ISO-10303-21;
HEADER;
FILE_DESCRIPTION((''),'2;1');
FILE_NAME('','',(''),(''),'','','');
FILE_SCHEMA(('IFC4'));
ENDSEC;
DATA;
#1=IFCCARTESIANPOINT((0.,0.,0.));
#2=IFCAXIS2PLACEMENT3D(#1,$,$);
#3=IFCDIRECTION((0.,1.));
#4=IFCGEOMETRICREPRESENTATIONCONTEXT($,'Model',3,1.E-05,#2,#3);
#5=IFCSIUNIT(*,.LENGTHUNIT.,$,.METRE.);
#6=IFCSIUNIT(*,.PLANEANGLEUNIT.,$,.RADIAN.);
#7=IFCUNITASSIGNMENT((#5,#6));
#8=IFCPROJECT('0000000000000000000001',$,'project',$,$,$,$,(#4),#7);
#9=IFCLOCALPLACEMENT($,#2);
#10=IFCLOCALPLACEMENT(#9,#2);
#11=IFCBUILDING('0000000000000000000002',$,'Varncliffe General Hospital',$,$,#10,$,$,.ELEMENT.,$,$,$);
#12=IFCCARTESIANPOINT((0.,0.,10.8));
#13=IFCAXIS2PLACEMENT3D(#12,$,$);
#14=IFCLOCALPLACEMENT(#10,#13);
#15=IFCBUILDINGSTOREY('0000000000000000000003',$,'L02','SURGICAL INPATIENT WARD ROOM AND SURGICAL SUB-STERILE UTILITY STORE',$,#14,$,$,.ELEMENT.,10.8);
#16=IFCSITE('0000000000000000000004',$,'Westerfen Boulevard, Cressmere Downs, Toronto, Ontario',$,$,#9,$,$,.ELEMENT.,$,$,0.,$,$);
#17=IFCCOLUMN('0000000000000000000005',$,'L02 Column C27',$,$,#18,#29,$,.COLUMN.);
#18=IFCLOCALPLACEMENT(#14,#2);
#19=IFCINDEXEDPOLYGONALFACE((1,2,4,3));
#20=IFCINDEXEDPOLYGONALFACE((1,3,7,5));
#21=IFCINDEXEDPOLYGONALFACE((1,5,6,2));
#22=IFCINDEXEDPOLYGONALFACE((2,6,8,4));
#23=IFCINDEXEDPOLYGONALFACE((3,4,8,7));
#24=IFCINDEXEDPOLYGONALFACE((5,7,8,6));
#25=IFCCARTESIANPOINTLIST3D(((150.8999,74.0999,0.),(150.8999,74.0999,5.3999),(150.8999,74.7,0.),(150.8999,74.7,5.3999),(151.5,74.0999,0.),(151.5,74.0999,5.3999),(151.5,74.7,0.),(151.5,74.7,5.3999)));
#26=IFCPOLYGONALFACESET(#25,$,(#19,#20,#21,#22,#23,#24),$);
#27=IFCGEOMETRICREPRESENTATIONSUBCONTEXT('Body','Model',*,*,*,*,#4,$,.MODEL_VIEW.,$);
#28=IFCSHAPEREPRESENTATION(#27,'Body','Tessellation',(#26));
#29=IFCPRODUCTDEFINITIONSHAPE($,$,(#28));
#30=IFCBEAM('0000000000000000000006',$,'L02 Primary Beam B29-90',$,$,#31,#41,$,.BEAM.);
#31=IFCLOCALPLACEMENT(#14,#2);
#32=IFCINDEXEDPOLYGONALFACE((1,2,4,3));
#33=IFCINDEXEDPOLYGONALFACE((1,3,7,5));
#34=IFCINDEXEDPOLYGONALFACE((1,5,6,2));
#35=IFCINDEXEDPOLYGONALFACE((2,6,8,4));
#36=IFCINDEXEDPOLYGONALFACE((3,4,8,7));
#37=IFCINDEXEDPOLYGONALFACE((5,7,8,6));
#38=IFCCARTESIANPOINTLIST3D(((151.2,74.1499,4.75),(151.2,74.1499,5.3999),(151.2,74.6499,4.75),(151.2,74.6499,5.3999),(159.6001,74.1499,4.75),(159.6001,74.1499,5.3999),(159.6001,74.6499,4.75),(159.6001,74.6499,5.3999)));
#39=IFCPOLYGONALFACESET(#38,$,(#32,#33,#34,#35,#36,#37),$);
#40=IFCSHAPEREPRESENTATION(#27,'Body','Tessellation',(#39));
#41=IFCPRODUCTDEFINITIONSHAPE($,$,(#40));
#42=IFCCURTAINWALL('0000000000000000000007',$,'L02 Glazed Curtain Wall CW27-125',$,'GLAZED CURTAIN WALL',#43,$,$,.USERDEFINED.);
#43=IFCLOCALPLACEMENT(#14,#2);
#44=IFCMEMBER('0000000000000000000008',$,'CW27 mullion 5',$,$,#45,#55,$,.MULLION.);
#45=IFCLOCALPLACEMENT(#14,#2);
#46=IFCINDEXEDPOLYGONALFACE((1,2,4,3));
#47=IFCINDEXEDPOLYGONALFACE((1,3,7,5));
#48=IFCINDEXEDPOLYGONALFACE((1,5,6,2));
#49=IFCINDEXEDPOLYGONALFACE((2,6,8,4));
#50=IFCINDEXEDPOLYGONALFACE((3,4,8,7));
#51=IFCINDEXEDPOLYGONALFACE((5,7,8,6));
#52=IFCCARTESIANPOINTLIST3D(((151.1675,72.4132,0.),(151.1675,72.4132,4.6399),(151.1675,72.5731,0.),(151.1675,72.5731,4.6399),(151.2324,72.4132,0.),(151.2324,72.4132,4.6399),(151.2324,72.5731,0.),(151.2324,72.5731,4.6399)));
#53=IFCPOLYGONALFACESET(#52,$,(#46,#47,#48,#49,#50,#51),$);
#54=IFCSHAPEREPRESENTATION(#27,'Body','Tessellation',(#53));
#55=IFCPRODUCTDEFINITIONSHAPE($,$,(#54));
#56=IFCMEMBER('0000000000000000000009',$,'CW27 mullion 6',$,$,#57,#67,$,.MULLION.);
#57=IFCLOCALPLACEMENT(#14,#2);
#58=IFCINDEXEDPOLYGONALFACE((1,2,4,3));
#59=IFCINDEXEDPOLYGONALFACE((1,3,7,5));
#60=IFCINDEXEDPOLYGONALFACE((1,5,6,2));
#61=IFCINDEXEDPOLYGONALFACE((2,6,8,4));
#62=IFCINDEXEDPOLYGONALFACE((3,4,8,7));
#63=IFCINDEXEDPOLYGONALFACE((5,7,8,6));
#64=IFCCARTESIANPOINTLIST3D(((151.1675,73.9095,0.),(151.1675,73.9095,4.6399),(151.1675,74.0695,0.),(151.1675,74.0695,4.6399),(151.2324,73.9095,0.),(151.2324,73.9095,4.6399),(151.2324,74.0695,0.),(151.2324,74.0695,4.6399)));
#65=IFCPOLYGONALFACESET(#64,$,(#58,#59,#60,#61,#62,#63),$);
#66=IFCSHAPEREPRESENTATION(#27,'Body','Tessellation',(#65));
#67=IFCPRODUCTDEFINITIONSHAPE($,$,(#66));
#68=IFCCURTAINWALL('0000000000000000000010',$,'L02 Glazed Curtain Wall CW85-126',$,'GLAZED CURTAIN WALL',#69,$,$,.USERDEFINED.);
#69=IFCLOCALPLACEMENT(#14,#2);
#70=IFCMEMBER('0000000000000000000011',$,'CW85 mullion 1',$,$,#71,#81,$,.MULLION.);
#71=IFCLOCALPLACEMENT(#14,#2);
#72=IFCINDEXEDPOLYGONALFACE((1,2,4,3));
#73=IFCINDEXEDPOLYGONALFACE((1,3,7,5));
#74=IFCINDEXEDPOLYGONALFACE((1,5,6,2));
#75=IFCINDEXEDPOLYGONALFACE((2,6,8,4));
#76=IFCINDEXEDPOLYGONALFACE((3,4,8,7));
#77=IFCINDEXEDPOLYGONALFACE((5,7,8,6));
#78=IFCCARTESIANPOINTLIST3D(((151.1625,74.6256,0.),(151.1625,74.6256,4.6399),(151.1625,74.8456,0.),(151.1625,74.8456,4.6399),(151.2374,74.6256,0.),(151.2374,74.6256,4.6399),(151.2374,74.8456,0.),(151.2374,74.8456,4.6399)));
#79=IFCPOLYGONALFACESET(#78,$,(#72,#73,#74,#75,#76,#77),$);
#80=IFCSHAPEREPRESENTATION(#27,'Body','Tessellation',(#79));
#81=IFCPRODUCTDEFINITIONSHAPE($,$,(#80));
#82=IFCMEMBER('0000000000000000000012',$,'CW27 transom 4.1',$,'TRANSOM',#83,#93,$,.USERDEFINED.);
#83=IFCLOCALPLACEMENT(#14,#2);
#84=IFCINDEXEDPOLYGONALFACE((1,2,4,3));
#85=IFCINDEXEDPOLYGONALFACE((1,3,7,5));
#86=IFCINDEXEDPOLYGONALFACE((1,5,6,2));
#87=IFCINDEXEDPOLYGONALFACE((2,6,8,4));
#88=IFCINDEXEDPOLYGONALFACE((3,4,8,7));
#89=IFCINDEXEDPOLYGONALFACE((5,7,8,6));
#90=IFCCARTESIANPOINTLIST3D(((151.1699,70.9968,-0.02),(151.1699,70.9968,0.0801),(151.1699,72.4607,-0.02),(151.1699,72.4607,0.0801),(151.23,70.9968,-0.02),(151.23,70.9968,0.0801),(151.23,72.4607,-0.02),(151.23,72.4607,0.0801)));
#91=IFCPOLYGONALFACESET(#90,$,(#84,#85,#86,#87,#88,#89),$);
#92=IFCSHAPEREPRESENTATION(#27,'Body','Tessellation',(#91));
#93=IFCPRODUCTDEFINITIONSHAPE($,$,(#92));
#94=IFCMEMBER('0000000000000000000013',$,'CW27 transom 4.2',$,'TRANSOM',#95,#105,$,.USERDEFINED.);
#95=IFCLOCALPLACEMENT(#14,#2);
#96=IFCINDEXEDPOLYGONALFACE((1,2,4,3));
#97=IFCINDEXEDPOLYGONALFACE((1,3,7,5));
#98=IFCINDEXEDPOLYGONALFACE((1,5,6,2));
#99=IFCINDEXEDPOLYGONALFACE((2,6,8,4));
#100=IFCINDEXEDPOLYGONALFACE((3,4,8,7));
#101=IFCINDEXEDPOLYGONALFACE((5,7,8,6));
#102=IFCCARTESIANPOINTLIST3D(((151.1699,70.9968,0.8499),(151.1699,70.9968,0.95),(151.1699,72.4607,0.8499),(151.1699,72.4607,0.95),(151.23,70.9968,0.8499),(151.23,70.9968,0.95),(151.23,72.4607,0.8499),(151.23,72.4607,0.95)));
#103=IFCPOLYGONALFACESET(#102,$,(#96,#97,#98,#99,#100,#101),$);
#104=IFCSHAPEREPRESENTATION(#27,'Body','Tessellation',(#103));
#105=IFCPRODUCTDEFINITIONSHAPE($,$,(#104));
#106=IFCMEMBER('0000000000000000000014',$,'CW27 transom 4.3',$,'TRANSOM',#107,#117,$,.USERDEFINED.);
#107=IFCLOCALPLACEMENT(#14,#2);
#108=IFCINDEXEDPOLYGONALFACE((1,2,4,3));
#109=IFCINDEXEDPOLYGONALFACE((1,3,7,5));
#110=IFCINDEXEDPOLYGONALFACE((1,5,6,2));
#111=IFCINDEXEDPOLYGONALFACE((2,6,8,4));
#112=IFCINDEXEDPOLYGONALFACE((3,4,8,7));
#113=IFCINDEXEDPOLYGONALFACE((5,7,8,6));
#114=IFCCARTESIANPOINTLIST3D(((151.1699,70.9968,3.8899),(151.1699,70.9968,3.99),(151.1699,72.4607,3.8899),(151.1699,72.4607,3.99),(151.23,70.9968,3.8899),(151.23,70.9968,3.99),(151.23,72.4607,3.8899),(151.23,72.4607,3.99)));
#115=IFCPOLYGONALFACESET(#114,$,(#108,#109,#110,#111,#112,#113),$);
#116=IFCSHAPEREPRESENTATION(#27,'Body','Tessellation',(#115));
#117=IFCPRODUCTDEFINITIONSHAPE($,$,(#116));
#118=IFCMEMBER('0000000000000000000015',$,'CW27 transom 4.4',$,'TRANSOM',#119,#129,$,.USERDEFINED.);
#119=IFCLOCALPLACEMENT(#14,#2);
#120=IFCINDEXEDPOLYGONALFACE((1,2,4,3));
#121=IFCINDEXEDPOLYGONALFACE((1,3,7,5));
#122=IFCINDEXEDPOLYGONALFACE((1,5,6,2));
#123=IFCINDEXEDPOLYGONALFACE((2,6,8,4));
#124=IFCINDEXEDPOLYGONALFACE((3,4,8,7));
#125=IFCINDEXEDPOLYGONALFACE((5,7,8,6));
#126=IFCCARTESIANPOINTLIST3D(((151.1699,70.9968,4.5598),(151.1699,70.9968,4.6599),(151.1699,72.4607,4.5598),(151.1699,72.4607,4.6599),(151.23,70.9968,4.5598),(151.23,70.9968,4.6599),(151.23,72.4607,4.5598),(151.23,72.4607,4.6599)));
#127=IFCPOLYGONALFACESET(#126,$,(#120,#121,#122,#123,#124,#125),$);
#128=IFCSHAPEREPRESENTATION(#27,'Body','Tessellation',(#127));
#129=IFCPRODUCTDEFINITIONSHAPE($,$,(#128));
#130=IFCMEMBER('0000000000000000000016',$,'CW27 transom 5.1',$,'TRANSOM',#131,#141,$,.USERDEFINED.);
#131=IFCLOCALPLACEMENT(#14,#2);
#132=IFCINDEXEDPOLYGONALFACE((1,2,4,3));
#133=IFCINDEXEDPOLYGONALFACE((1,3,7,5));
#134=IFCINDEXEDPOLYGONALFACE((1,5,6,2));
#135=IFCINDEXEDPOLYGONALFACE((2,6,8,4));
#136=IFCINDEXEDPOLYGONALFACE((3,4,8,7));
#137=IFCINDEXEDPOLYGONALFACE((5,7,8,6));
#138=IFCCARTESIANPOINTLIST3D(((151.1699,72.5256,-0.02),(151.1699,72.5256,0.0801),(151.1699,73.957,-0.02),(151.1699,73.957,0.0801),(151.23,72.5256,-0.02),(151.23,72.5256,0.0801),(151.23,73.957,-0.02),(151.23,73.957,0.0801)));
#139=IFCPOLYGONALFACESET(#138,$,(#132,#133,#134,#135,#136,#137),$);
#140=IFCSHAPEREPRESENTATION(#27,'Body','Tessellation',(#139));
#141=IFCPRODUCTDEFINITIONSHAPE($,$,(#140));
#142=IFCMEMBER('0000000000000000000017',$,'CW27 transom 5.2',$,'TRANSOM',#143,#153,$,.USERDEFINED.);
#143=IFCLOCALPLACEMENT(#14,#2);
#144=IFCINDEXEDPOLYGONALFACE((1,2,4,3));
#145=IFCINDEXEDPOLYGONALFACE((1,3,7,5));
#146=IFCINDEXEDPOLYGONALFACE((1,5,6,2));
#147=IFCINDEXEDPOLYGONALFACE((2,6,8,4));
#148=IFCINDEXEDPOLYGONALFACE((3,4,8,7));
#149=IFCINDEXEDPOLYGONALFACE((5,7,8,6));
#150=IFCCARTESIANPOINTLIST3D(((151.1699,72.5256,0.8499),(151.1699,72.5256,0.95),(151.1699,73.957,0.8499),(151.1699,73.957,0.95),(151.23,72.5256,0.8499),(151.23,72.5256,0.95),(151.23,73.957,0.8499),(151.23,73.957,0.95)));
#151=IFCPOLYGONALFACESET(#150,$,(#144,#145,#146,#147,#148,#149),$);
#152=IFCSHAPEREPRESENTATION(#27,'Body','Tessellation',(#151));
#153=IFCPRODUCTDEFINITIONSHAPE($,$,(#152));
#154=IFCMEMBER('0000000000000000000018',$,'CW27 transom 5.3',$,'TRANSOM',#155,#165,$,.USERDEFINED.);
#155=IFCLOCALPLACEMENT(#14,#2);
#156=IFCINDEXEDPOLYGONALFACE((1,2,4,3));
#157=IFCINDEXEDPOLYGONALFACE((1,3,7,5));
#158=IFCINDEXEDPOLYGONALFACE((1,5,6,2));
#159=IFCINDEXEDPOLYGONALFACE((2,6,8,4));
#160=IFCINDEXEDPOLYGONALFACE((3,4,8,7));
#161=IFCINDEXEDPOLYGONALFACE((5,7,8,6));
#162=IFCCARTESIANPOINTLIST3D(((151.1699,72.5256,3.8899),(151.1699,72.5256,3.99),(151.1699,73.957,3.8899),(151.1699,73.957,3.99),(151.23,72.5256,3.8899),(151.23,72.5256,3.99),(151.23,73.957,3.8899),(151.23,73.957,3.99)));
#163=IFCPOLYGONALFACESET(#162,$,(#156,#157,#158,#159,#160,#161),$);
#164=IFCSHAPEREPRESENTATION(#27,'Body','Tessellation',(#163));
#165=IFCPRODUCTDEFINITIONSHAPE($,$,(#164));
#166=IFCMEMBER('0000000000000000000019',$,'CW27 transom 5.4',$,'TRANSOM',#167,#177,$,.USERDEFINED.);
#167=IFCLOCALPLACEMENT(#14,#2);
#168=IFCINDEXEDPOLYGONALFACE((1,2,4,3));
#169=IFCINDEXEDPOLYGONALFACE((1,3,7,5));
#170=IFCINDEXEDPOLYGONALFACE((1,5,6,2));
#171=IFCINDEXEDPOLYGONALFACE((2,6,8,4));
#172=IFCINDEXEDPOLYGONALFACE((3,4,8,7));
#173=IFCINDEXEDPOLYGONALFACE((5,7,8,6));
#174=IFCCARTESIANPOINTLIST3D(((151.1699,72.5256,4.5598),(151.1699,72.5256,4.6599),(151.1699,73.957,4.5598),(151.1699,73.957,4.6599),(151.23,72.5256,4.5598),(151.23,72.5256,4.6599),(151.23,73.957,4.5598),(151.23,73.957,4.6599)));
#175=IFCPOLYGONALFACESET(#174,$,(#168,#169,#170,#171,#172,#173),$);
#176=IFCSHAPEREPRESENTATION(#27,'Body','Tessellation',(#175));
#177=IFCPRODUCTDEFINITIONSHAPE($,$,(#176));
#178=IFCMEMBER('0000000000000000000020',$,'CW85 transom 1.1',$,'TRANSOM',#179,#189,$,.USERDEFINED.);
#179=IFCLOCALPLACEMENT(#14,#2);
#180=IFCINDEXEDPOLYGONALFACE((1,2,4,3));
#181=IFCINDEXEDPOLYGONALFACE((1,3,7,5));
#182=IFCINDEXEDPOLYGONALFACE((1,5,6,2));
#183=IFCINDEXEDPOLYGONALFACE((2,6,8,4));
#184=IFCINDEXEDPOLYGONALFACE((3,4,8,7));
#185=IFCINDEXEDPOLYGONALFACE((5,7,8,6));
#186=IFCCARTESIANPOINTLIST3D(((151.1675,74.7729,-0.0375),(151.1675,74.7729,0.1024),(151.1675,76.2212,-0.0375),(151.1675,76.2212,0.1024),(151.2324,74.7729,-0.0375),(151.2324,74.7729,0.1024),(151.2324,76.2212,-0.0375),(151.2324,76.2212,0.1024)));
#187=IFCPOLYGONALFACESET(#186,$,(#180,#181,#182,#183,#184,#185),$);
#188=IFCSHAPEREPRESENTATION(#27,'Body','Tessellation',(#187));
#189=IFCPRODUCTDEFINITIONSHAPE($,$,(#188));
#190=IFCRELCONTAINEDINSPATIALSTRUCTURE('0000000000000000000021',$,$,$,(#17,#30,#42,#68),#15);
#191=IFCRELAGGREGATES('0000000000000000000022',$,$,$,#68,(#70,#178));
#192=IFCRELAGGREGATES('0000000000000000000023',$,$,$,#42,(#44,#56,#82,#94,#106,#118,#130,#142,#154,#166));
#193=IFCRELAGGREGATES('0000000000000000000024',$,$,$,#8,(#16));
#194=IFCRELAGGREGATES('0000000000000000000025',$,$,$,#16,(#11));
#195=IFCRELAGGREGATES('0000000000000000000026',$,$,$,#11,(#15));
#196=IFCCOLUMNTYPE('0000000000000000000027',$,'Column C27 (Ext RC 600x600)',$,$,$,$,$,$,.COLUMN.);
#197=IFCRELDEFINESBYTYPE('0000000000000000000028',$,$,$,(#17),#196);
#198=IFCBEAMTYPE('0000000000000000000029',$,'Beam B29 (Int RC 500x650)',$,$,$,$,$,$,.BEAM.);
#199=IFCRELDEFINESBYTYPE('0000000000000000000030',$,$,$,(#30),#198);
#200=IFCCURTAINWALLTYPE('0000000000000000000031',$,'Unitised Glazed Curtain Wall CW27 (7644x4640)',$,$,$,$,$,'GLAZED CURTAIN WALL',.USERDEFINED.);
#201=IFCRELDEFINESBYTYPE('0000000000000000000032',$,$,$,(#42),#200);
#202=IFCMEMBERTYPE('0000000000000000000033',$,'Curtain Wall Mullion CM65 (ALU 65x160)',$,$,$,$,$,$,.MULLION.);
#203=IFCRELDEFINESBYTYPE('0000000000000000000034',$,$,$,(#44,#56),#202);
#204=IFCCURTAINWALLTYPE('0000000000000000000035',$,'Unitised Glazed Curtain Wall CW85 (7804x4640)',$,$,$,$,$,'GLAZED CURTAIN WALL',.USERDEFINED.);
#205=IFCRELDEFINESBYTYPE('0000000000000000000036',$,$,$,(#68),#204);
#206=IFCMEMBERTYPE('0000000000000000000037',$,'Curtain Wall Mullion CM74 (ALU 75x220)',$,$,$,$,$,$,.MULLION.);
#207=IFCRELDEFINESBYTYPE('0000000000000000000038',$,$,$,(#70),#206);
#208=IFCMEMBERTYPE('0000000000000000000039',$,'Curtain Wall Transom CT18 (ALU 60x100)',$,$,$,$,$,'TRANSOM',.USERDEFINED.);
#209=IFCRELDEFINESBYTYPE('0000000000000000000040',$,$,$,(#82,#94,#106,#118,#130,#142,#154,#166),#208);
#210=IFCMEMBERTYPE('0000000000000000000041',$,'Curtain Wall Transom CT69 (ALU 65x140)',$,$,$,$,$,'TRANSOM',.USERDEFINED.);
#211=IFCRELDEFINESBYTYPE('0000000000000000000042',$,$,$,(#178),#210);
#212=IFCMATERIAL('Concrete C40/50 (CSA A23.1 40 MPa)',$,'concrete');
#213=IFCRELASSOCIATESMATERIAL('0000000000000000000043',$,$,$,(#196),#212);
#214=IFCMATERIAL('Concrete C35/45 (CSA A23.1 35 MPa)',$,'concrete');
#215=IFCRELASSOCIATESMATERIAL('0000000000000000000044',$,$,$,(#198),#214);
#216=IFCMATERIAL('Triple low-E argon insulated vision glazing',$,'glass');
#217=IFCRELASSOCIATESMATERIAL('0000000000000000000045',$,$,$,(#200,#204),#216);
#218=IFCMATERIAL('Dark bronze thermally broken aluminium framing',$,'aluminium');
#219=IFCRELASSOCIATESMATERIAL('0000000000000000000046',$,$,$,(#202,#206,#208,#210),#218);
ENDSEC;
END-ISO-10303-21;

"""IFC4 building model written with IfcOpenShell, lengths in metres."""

from ifc_helpers import new_model, si_unit, direction, frame, origin, origin_2d, place, context, subcontext, project, spatial, rectangle, extrude, material, material_profile, profile_set, type_object, element, aggregate, save


model = new_model("IFC4")

# Units and contexts
model_context = context("Model", 3, precision=1e-05, world=origin(), true_north=direction((0.0, 1.0)))
body_context = subcontext(model_context, "Body", "Model", "MODEL_VIEW")
ifc_project = project(units=[si_unit("LENGTHUNIT", "METRE"), si_unit("PLANEANGLEUNIT", "RADIAN")], contexts=[model_context])

# Site, building, storey
site_placement = place(None, origin())
site = spatial("IfcSite", under=ifc_project, at=site_placement, Name="Westerfen Boulevard, Cressmere Downs, Toronto, Ontario", CompositionType="ELEMENT", RefElevation=0.0)
building_placement = place(site_placement, origin())
building = spatial("IfcBuilding", under=site, at=building_placement, Name="Varncliffe General Hospital", CompositionType="ELEMENT")
storey_placement = place(building_placement, frame((0.0, 0.0, 10.8)))
storey = spatial("IfcBuildingStorey", under=building, at=storey_placement, Name="L02", Description="SURGICAL INPATIENT WARD ROOM AND SURGICAL SUB-STERILE UTILITY STORE", CompositionType="ELEMENT", Elevation=10.8)

# Column
ifc_material_1 = material(Name="Concrete C40/50 (CSA A23.1 40 MPa)", Category="concrete")
ifc_material_profile_1 = material_profile(ifc_material_1, rectangle(XDim=0.6001, YDim=0.6001, at=origin_2d()), Name="RC 600x600")
ifc_profile_set_1 = profile_set([ifc_material_profile_1], Name="Concrete C40/50 (CSA A23.1 40 MPa)")
column_type = type_object("IfcColumnType", Name="Column C27 (Ext RC 600x600)", PredefinedType="COLUMN", material=ifc_profile_set_1)
column_placement = place(storey_placement, frame((151.2, 74.3999, 0.0), z_axis=(0.0, 0.0, 1.0), x_axis=(1.0, 0.0, 0.0)))
element("IfcColumn", 1, at=column_placement, inside=storey, type_object=column_type, Name="L02 Column C27", PredefinedType="COLUMN", context=body_context, shape_type="SweptSolid", body=[
    extrude(rectangle(XDim=0.6001, YDim=0.6001, at=origin_2d()), origin(), (0.0, 0.0, 1.0), 5.3999),
])

# Beam
ifc_material_2 = material(Name="Concrete C35/45 (CSA A23.1 35 MPa)", Category="concrete")
ifc_material_profile_2 = material_profile(ifc_material_2, rectangle(XDim=0.5, YDim=0.6499, at=origin_2d()), Name="RC 500x650")
ifc_profile_set_2 = profile_set([ifc_material_profile_2], Name="Concrete C35/45 (CSA A23.1 35 MPa)")
beam_type_1 = type_object("IfcBeamType", Name="Beam B29 (Int RC 500x650)", PredefinedType="BEAM", material=ifc_profile_set_2)
beam_1_placement = place(storey_placement, frame((151.2, 74.3999, 5.075), z_axis=(1.0, 0.0, 0.0), x_axis=(0.0, 1.0, 0.0)))
element("IfcBeam", 2, at=beam_1_placement, inside=storey, type_object=beam_type_1, Name="L02 Primary Beam B29-90", PredefinedType="BEAM", context=body_context, shape_type="SweptSolid", body=[
    extrude(rectangle(XDim=0.5, YDim=0.6499, at=origin_2d()), origin(), (0.0, 0.0, 1.0), 8.4001),
])

# Curtain wall, members
ifc_material_3 = material(Name="Triple low-E argon insulated vision glazing", Category="glass")
curtain_wall_type_1 = type_object("IfcCurtainWallType", Name="Unitised Glazed Curtain Wall CW27 (7644x4640)", ElementType="GLAZED CURTAIN WALL", PredefinedType="USERDEFINED", material=ifc_material_3)
curtain_wall_1_placement = place(storey_placement, origin())
curtain_wall_1 = element("IfcCurtainWall", 3, at=curtain_wall_1_placement, inside=storey, type_object=curtain_wall_type_1, Name="L02 Glazed Curtain Wall CW27-125", ObjectType="GLAZED CURTAIN WALL", PredefinedType="USERDEFINED")
ifc_material_4 = material(Name="Dark bronze thermally broken aluminium framing", Category="aluminium")
ifc_material_profile_3 = material_profile(ifc_material_4, rectangle(XDim=0.0649, YDim=0.1599, at=origin_2d()), Name="ALU 65x160")
ifc_profile_set_3 = profile_set([ifc_material_profile_3], Name="Dark bronze thermally broken aluminium framing")
member_type_1 = type_object("IfcMemberType", Name="Curtain Wall Mullion CM65 (ALU 65x160)", PredefinedType="MULLION", material=ifc_profile_set_3)
member_1_placement = place(storey_placement, frame((151.2, 72.4932, 0.0), z_axis=(0.0, 0.0, 1.0), x_axis=(-1.0, 0.0, 0.0)))
member_1 = element("IfcMember", 4, at=member_1_placement, type_object=member_type_1, Name="CW27 mullion 5", PredefinedType="MULLION", context=body_context, shape_type="SweptSolid", body=[
    extrude(rectangle(XDim=0.0649, YDim=0.1599, at=origin_2d()), origin(), (0.0, 0.0, 1.0), 4.6399),
])
member_2_placement = place(storey_placement, frame((151.2, 73.9895, 0.0), z_axis=(0.0, 0.0, 1.0), x_axis=(-1.0, 0.0, 0.0)))
member_2 = element("IfcMember", 5, at=member_2_placement, type_object=member_type_1, Name="CW27 mullion 6", PredefinedType="MULLION", context=body_context, shape_type="SweptSolid", body=[
    extrude(rectangle(XDim=0.0649, YDim=0.1599, at=origin_2d()), origin(), (0.0, 0.0, 1.0), 4.6399),
])

# Curtain wall, member
curtain_wall_type_2 = type_object("IfcCurtainWallType", Name="Unitised Glazed Curtain Wall CW85 (7804x4640)", ElementType="GLAZED CURTAIN WALL", PredefinedType="USERDEFINED", material=ifc_material_3)
curtain_wall_2_placement = place(storey_placement, origin())
curtain_wall_2 = element("IfcCurtainWall", 6, at=curtain_wall_2_placement, inside=storey, type_object=curtain_wall_type_2, Name="L02 Glazed Curtain Wall CW85-126", ObjectType="GLAZED CURTAIN WALL", PredefinedType="USERDEFINED")
ifc_material_profile_4 = material_profile(ifc_material_4, rectangle(XDim=0.075, YDim=0.22, at=origin_2d()), Name="ALU 75x220")
ifc_profile_set_4 = profile_set([ifc_material_profile_4], Name="Dark bronze thermally broken aluminium framing")
member_type_2 = type_object("IfcMemberType", Name="Curtain Wall Mullion CM74 (ALU 75x220)", PredefinedType="MULLION", material=ifc_profile_set_4)
member_3_placement = place(storey_placement, frame((151.2, 74.7356, 0.0), z_axis=(0.0, 0.0, 1.0), x_axis=(-1.0, 0.0, 0.0)))
member_3 = element("IfcMember", 7, at=member_3_placement, type_object=member_type_2, Name="CW85 mullion 1", PredefinedType="MULLION", context=body_context, shape_type="SweptSolid", body=[
    extrude(rectangle(XDim=0.075, YDim=0.22, at=origin_2d()), origin(), (0.0, 0.0, 1.0), 4.6399),
])

# Members
ifc_material_profile_5 = material_profile(ifc_material_4, rectangle(XDim=0.0601, YDim=0.1001, at=origin_2d()), Name="ALU 60x100")
ifc_profile_set_5 = profile_set([ifc_material_profile_5], Name="Dark bronze thermally broken aluminium framing")
member_type_3 = type_object("IfcMemberType", Name="Curtain Wall Transom CT18 (ALU 60x100)", ElementType="TRANSOM", PredefinedType="USERDEFINED", material=ifc_profile_set_5)
member_4_placement = place(storey_placement, frame((151.2, 70.9968, 0.03), z_axis=(0.0, 1.0, 0.0), x_axis=(-1.0, 0.0, 0.0)))
member_4 = element("IfcMember", 8, at=member_4_placement, type_object=member_type_3, Name="CW27 transom 4.1", ObjectType="TRANSOM", PredefinedType="USERDEFINED", context=body_context, shape_type="SweptSolid", body=[
    extrude(rectangle(XDim=0.0601, YDim=0.1001, at=origin_2d()), origin(), (0.0, 0.0, 1.0), 1.4639),
])
member_5_placement = place(storey_placement, frame((151.2, 70.9968, 0.8999), z_axis=(0.0, 1.0, 0.0), x_axis=(-1.0, 0.0, 0.0)))
member_5 = element("IfcMember", 9, at=member_5_placement, type_object=member_type_3, Name="CW27 transom 4.2", ObjectType="TRANSOM", PredefinedType="USERDEFINED", context=body_context, shape_type="SweptSolid", body=[
    extrude(rectangle(XDim=0.0601, YDim=0.1001, at=origin_2d()), origin(), (0.0, 0.0, 1.0), 1.4639),
])
member_6_placement = place(storey_placement, frame((151.2, 70.9968, 3.9399), z_axis=(0.0, 1.0, 0.0), x_axis=(-1.0, 0.0, 0.0)))
member_6 = element("IfcMember", 10, at=member_6_placement, type_object=member_type_3, Name="CW27 transom 4.3", ObjectType="TRANSOM", PredefinedType="USERDEFINED", context=body_context, shape_type="SweptSolid", body=[
    extrude(rectangle(XDim=0.0601, YDim=0.1001, at=origin_2d()), origin(), (0.0, 0.0, 1.0), 1.4639),
])
member_7_placement = place(storey_placement, frame((151.2, 70.9968, 4.6099), z_axis=(0.0, 1.0, 0.0), x_axis=(-1.0, 0.0, 0.0)))
member_7 = element("IfcMember", 11, at=member_7_placement, type_object=member_type_3, Name="CW27 transom 4.4", ObjectType="TRANSOM", PredefinedType="USERDEFINED", context=body_context, shape_type="SweptSolid", body=[
    extrude(rectangle(XDim=0.0601, YDim=0.1001, at=origin_2d()), origin(), (0.0, 0.0, 1.0), 1.4639),
])
member_8_placement = place(storey_placement, frame((151.2, 72.5256, 0.03), z_axis=(0.0, 1.0, 0.0), x_axis=(-1.0, 0.0, 0.0)))
member_8 = element("IfcMember", 12, at=member_8_placement, type_object=member_type_3, Name="CW27 transom 5.1", ObjectType="TRANSOM", PredefinedType="USERDEFINED", context=body_context, shape_type="SweptSolid", body=[
    extrude(rectangle(XDim=0.0601, YDim=0.1001, at=origin_2d()), origin(), (0.0, 0.0, 1.0), 1.4314),
])
member_9_placement = place(storey_placement, frame((151.2, 72.5256, 0.8999), z_axis=(0.0, 1.0, 0.0), x_axis=(-1.0, 0.0, 0.0)))
member_9 = element("IfcMember", 13, at=member_9_placement, type_object=member_type_3, Name="CW27 transom 5.2", ObjectType="TRANSOM", PredefinedType="USERDEFINED", context=body_context, shape_type="SweptSolid", body=[
    extrude(rectangle(XDim=0.0601, YDim=0.1001, at=origin_2d()), origin(), (0.0, 0.0, 1.0), 1.4314),
])
member_10_placement = place(storey_placement, frame((151.2, 72.5256, 3.9399), z_axis=(0.0, 1.0, 0.0), x_axis=(-1.0, 0.0, 0.0)))
member_10 = element("IfcMember", 14, at=member_10_placement, type_object=member_type_3, Name="CW27 transom 5.3", ObjectType="TRANSOM", PredefinedType="USERDEFINED", context=body_context, shape_type="SweptSolid", body=[
    extrude(rectangle(XDim=0.0601, YDim=0.1001, at=origin_2d()), origin(), (0.0, 0.0, 1.0), 1.4314),
])
member_11_placement = place(storey_placement, frame((151.2, 72.5256, 4.6099), z_axis=(0.0, 1.0, 0.0), x_axis=(-1.0, 0.0, 0.0)))
member_11 = element("IfcMember", 15, at=member_11_placement, type_object=member_type_3, Name="CW27 transom 5.4", ObjectType="TRANSOM", PredefinedType="USERDEFINED", context=body_context, shape_type="SweptSolid", body=[
    extrude(rectangle(XDim=0.0601, YDim=0.1001, at=origin_2d()), origin(), (0.0, 0.0, 1.0), 1.4314),
])
ifc_material_profile_6 = material_profile(ifc_material_4, rectangle(XDim=0.0649, YDim=0.1399, at=origin_2d()), Name="ALU 65x140")
ifc_profile_set_6 = profile_set([ifc_material_profile_6], Name="Dark bronze thermally broken aluminium framing")
member_type_4 = type_object("IfcMemberType", Name="Curtain Wall Transom CT69 (ALU 65x140)", ElementType="TRANSOM", PredefinedType="USERDEFINED", material=ifc_profile_set_6)
member_12_placement = place(storey_placement, frame((151.2, 74.7729, 0.0325), z_axis=(0.0, 1.0, 0.0), x_axis=(-1.0, 0.0, 0.0)))
member_12 = element("IfcMember", 16, at=member_12_placement, type_object=member_type_4, Name="CW85 transom 1.1", ObjectType="TRANSOM", PredefinedType="USERDEFINED", context=body_context, shape_type="SweptSolid", body=[
    extrude(rectangle(XDim=0.0649, YDim=0.1399, at=origin_2d()), origin(), (0.0, 0.0, 1.0), 1.4482),
])

aggregate(curtain_wall_2, [member_3, member_12])
aggregate(curtain_wall_1, [member_1, member_2, member_4, member_5, member_6, member_7, member_8, member_9, member_10, member_11])

save(model, "model.ifc")
